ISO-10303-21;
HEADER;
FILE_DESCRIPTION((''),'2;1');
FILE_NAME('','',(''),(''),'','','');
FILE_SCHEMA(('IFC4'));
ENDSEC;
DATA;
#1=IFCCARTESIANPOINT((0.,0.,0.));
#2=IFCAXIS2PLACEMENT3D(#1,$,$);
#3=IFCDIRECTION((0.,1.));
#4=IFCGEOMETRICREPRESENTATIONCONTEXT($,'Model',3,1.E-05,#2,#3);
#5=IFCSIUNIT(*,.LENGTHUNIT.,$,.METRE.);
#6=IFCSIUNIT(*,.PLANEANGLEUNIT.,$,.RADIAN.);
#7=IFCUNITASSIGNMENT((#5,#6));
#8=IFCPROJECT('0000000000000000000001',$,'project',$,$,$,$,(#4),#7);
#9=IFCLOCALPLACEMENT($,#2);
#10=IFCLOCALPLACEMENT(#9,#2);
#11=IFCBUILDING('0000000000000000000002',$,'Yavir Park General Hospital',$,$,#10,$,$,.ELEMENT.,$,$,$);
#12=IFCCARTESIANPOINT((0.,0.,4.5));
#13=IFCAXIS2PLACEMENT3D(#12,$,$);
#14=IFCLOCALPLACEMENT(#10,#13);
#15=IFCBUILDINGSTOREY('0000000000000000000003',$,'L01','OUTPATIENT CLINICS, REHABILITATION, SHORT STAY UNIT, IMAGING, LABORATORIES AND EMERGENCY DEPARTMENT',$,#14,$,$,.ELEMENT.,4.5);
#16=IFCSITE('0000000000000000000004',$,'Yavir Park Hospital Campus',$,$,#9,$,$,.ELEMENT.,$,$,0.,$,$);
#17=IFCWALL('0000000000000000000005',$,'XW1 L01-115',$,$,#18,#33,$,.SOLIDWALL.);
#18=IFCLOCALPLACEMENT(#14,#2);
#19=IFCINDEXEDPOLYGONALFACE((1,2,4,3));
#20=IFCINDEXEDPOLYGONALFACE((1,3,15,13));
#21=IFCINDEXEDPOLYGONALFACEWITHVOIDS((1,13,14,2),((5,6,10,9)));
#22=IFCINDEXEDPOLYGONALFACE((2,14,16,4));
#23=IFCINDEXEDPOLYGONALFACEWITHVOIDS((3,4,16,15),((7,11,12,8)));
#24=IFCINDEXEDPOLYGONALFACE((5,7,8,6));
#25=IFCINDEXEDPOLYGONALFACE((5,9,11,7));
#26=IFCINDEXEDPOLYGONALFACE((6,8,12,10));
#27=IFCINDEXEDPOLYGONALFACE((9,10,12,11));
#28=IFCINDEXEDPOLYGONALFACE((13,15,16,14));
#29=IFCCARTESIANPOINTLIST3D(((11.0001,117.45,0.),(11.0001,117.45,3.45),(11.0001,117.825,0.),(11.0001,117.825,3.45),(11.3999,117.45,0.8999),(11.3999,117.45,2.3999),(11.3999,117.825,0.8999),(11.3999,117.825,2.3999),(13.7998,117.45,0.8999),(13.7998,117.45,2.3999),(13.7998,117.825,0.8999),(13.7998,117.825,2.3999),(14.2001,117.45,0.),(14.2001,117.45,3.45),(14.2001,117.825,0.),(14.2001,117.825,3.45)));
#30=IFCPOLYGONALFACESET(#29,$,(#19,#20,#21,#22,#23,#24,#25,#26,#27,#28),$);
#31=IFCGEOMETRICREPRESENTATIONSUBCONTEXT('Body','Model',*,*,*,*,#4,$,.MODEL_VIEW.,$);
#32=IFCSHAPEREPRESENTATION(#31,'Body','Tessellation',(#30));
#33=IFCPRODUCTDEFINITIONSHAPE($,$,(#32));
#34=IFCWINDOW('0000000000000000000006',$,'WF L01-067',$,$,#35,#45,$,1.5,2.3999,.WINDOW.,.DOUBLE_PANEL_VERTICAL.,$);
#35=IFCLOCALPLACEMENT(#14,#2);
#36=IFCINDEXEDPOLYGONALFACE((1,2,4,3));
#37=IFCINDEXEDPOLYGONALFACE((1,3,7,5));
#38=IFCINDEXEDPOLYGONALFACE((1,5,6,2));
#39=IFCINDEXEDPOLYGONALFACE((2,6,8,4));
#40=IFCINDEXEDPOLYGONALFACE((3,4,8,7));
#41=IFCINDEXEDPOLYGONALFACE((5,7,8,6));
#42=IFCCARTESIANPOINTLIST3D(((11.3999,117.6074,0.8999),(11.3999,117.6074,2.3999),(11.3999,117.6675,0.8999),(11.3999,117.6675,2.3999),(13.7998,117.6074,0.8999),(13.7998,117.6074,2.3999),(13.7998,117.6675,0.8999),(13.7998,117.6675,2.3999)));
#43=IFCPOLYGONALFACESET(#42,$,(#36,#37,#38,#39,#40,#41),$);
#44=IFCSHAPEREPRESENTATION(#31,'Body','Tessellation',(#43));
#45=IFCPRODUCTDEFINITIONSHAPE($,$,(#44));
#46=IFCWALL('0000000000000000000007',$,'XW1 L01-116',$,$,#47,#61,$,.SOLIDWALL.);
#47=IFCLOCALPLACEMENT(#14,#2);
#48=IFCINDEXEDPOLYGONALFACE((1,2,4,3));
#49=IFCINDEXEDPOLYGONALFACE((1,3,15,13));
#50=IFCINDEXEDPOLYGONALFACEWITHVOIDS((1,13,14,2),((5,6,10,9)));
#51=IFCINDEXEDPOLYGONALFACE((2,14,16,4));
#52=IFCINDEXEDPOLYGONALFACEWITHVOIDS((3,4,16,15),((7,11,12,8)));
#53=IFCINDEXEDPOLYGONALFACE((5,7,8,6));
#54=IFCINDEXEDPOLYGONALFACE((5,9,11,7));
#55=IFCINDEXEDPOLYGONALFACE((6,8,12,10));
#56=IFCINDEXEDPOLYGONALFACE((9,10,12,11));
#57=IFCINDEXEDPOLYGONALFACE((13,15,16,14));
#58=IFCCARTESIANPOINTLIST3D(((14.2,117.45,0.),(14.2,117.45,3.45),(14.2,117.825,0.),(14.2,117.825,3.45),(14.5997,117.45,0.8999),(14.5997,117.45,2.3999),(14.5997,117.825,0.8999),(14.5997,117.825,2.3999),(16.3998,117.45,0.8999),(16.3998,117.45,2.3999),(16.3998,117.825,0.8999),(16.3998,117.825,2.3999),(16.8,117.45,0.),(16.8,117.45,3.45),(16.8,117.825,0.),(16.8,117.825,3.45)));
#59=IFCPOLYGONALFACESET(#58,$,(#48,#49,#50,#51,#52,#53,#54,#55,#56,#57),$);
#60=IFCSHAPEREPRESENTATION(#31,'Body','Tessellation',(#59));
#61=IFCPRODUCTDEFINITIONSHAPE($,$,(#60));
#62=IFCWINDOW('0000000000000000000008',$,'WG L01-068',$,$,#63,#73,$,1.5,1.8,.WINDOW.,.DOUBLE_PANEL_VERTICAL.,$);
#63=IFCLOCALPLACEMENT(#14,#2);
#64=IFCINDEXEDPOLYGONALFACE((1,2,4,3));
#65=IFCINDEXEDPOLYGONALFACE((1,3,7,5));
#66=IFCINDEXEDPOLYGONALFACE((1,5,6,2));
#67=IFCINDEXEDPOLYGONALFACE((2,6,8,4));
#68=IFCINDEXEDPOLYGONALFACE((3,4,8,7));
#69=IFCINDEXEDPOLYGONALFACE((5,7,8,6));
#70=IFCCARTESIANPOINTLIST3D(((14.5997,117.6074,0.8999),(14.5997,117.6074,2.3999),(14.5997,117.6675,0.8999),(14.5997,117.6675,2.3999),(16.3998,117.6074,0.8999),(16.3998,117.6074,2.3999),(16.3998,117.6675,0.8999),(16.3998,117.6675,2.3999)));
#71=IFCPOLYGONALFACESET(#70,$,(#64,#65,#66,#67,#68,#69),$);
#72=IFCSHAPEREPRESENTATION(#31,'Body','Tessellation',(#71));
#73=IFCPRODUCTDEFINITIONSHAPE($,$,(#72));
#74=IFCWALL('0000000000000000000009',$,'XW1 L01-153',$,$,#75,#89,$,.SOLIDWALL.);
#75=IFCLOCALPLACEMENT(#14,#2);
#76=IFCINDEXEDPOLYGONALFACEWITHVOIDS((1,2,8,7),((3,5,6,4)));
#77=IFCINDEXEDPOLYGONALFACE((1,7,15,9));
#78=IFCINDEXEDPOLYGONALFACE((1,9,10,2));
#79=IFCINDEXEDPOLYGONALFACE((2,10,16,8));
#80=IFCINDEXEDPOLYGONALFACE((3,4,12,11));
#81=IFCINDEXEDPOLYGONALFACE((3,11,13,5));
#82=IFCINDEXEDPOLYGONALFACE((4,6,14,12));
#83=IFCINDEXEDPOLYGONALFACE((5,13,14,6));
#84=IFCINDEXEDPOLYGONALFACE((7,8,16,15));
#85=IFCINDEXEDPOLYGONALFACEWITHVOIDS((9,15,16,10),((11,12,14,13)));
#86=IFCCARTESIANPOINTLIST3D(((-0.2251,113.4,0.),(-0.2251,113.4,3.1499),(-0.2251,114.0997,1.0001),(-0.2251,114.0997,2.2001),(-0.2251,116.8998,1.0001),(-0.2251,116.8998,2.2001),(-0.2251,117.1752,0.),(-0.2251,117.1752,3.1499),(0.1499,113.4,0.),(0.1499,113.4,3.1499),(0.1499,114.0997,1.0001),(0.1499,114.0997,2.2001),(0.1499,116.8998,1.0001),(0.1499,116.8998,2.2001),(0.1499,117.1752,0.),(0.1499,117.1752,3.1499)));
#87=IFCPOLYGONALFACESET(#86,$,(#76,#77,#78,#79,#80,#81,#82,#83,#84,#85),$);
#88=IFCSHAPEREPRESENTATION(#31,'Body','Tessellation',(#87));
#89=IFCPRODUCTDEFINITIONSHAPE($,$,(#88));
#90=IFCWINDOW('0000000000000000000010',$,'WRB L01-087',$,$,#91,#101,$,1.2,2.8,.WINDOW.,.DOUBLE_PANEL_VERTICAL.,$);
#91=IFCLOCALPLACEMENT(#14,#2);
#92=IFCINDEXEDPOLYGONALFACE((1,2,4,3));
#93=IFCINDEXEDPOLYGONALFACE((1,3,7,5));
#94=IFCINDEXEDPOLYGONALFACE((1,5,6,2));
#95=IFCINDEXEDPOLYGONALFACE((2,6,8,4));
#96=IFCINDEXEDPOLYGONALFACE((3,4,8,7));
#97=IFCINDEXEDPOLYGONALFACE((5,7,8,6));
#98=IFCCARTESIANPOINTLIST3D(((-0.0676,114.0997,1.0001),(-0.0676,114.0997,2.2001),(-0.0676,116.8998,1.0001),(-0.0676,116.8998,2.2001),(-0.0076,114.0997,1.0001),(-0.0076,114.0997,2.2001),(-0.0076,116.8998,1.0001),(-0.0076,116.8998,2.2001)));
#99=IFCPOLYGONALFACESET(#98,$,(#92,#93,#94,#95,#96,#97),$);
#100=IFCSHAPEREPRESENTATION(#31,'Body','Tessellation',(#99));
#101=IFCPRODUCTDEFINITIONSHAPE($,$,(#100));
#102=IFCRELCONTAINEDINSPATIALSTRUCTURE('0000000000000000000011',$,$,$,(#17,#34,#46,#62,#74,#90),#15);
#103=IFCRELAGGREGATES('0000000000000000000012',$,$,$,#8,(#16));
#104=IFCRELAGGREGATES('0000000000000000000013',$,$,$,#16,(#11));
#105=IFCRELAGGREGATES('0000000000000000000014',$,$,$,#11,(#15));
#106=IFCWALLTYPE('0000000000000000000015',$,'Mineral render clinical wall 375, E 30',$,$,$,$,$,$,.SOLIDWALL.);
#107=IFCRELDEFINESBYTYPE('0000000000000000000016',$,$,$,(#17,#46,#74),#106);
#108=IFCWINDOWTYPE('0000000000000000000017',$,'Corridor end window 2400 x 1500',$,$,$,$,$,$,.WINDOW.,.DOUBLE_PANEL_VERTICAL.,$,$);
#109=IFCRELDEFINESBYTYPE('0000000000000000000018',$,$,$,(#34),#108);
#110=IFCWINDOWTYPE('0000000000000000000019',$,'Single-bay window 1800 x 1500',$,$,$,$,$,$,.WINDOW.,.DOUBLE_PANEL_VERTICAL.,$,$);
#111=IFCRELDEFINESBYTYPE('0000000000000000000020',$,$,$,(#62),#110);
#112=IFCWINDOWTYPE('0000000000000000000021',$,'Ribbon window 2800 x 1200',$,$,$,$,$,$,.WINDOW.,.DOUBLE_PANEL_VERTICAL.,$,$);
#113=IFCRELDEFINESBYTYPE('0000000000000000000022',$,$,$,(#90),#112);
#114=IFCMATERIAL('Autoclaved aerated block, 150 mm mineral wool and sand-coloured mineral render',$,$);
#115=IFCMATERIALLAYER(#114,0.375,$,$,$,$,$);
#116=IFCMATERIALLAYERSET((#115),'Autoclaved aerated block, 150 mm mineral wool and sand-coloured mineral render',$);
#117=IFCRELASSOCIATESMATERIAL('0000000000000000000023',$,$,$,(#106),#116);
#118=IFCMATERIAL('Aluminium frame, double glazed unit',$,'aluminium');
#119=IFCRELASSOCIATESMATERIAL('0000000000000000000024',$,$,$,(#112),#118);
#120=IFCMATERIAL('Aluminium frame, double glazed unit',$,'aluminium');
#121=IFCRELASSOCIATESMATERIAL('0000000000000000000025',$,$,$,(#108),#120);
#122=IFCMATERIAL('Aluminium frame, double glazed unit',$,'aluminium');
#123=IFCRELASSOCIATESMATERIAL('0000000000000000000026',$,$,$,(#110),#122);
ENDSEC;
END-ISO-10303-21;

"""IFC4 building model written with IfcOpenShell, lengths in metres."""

from ifc_helpers import new_model, si_unit, direction, frame, frame_2d, origin, place, context, subcontext, project, spatial, rectangle, extrude, material, layer, layer_set, type_object, element, fill, save


model = new_model("IFC4")

# Units and contexts
model_context = context("Model", 3, precision=1e-05, world=origin(), true_north=direction((0.0, 1.0)))
body_context = subcontext(model_context, "Body", "Model", "MODEL_VIEW")
ifc_project = project(units=[si_unit("LENGTHUNIT", "METRE"), si_unit("PLANEANGLEUNIT", "RADIAN")], contexts=[model_context])

# Site, building, storey
site_placement = place(None, origin())
site = spatial("IfcSite", under=ifc_project, at=site_placement, Name="Yavir Park Hospital Campus", CompositionType="ELEMENT", RefElevation=0.0)
building_placement = place(site_placement, origin())
building = spatial("IfcBuilding", under=site, at=building_placement, Name="Yavir Park General Hospital", CompositionType="ELEMENT")
storey_placement = place(building_placement, frame((0.0, 0.0, 4.5)))
storey = spatial("IfcBuildingStorey", under=building, at=storey_placement, Name="L01", Description="OUTPATIENT CLINICS, REHABILITATION, SHORT STAY UNIT, IMAGING, LABORATORIES AND EMERGENCY DEPARTMENT", CompositionType="ELEMENT", Elevation=4.5)

# Shared definitions
ifc_material_1 = material(Name="Autoclaved aerated block, 150 mm mineral wool and sand-coloured mineral render")
ifc_layer_1 = layer(ifc_material_1, 0.375)
ifc_layer_set_1 = layer_set([ifc_layer_1], Name="Autoclaved aerated block, 150 mm mineral wool and sand-coloured mineral render")
wall_type_1 = type_object("IfcWallType", Name="Mineral render clinical wall 375, E 30", PredefinedType="SOLIDWALL", material=ifc_layer_set_1)
ifc_material_2 = material(Name="Aluminium frame, double glazed unit", Category="aluminium")
window_type_1 = type_object("IfcWindowType", Name="Ribbon window 2800 x 1200", PartitioningType="DOUBLE_PANEL_VERTICAL", PredefinedType="WINDOW", material=ifc_material_2)

# Walls, openings, windows
wall_1_placement = place(storey_placement, frame((11.0, 117.6375, 0.0), z_axis=(0.0, 0.0, 1.0), x_axis=(1.0, 0.0, 0.0)))
wall_1 = element("IfcWall", 1, at=wall_1_placement, inside=storey, type_object=wall_type_1, Name="XW1 L01-115", PredefinedType="SOLIDWALL", context=body_context, shape_type="SweptSolid", body=[
    extrude(rectangle(XDim=3.2, YDim=0.375, at=frame_2d((1.6001, 0.0))), origin(), (0.0, 0.0, 1.0), 3.45),
])
opening_1_placement = place(wall_1_placement, frame((0.3999, 0.0, 0.8999)))
opening_1 = element("IfcOpeningElement", 2, at=opening_1_placement, cuts=wall_1, PredefinedType="OPENING", context=body_context, shape_type="SweptSolid", body=[
    extrude(rectangle(XDim=2.3999, YDim=1.5, at=frame_2d((1.2, 0.75))), frame((0.0, 0.1975, 0.0), z_axis=(0.0, -1.0, 0.0), x_axis=(1.0, 0.0, 0.0)), (0.0, 0.0, 1.0), 0.395),
])
ifc_material_3 = material(Name="Aluminium frame, double glazed unit", Category="aluminium")
window_type_2 = type_object("IfcWindowType", Name="Corridor end window 2400 x 1500", PartitioningType="DOUBLE_PANEL_VERTICAL", PredefinedType="WINDOW", material=ifc_material_3)
window_1_placement = place(opening_1_placement, origin())
window_1 = element("IfcWindow", 3, at=window_1_placement, inside=storey, type_object=window_type_2, Name="WF L01-067", OverallHeight=1.5, OverallWidth=2.3999, PartitioningType="DOUBLE_PANEL_VERTICAL", PredefinedType="WINDOW", context=body_context, shape_type="SweptSolid", body=[
    extrude(rectangle(XDim=2.3999, YDim=1.5, at=frame_2d((1.2, 0.75))), frame((0.0, 0.03, 0.0), z_axis=(0.0, -1.0, 0.0), x_axis=(1.0, 0.0, 0.0)), (0.0, 0.0, 1.0), 0.0601),
])
fill(opening_1, window_1)
wall_2_placement = place(storey_placement, frame((14.2, 117.6375, 0.0), z_axis=(0.0, 0.0, 1.0), x_axis=(1.0, 0.0, 0.0)))
wall_2 = element("IfcWall", 4, at=wall_2_placement, inside=storey, type_object=wall_type_1, Name="XW1 L01-116", PredefinedType="SOLIDWALL", context=body_context, shape_type="SweptSolid", body=[
    extrude(rectangle(XDim=2.6001, YDim=0.375, at=frame_2d((1.3, 0.0))), origin(), (0.0, 0.0, 1.0), 3.45),
])
opening_2_placement = place(wall_2_placement, frame((0.3999, 0.0, 0.8999)))
opening_2 = element("IfcOpeningElement", 5, at=opening_2_placement, cuts=wall_2, PredefinedType="OPENING", context=body_context, shape_type="SweptSolid", body=[
    extrude(rectangle(XDim=1.8, YDim=1.5, at=frame_2d((0.8999, 0.75))), frame((0.0, 0.1975, 0.0), z_axis=(0.0, -1.0, 0.0), x_axis=(1.0, 0.0, 0.0)), (0.0, 0.0, 1.0), 0.395),
])
ifc_material_4 = material(Name="Aluminium frame, double glazed unit", Category="aluminium")
window_type_3 = type_object("IfcWindowType", Name="Single-bay window 1800 x 1500", PartitioningType="DOUBLE_PANEL_VERTICAL", PredefinedType="WINDOW", material=ifc_material_4)
window_2_placement = place(opening_2_placement, origin())
window_2 = element("IfcWindow", 6, at=window_2_placement, inside=storey, type_object=window_type_3, Name="WG L01-068", OverallHeight=1.5, OverallWidth=1.8, PartitioningType="DOUBLE_PANEL_VERTICAL", PredefinedType="WINDOW", context=body_context, shape_type="SweptSolid", body=[
    extrude(rectangle(XDim=1.8, YDim=1.5, at=frame_2d((0.8999, 0.75))), frame((0.0, 0.03, 0.0), z_axis=(0.0, -1.0, 0.0), x_axis=(1.0, 0.0, 0.0)), (0.0, 0.0, 1.0), 0.0601),
])
fill(opening_2, window_2)
wall_3_placement = place(storey_placement, frame((-0.0376, 113.3999, 0.0), z_axis=(0.0, 0.0, 1.0), x_axis=(0.0, 1.0, 0.0)))
wall_3 = element("IfcWall", 7, at=wall_3_placement, inside=storey, type_object=wall_type_1, Name="XW1 L01-153", PredefinedType="SOLIDWALL", context=body_context, shape_type="SweptSolid", body=[
    extrude(rectangle(XDim=3.7751, YDim=0.375, at=frame_2d((1.8877, 0.0))), origin(), (0.0, 0.0, 1.0), 3.1499),
])
opening_3_placement = place(wall_3_placement, frame((0.7, 0.0, 1.0)))
opening_3 = element("IfcOpeningElement", 8, at=opening_3_placement, cuts=wall_3, PredefinedType="OPENING", context=body_context, shape_type="SweptSolid", body=[
    extrude(rectangle(XDim=2.8, YDim=1.2, at=frame_2d((1.3999, 0.6001))), frame((0.0, 0.1975, 0.0), z_axis=(0.0, -1.0, 0.0), x_axis=(1.0, 0.0, 0.0)), (0.0, 0.0, 1.0), 0.395),
])
window_3_placement = place(opening_3_placement, origin())
window_3 = element("IfcWindow", 9, at=window_3_placement, inside=storey, type_object=window_type_1, Name="WRB L01-087", OverallHeight=1.2, OverallWidth=2.8, PartitioningType="DOUBLE_PANEL_VERTICAL", PredefinedType="WINDOW", context=body_context, shape_type="SweptSolid", body=[
    extrude(rectangle(XDim=2.8, YDim=1.2, at=frame_2d((1.3999, 0.6001))), frame((0.0, 0.03, 0.0), z_axis=(0.0, -1.0, 0.0), x_axis=(1.0, 0.0, 0.0)), (0.0, 0.0, 1.0), 0.0601),
])
fill(opening_3, window_3)

save(model, "model.ifc")
